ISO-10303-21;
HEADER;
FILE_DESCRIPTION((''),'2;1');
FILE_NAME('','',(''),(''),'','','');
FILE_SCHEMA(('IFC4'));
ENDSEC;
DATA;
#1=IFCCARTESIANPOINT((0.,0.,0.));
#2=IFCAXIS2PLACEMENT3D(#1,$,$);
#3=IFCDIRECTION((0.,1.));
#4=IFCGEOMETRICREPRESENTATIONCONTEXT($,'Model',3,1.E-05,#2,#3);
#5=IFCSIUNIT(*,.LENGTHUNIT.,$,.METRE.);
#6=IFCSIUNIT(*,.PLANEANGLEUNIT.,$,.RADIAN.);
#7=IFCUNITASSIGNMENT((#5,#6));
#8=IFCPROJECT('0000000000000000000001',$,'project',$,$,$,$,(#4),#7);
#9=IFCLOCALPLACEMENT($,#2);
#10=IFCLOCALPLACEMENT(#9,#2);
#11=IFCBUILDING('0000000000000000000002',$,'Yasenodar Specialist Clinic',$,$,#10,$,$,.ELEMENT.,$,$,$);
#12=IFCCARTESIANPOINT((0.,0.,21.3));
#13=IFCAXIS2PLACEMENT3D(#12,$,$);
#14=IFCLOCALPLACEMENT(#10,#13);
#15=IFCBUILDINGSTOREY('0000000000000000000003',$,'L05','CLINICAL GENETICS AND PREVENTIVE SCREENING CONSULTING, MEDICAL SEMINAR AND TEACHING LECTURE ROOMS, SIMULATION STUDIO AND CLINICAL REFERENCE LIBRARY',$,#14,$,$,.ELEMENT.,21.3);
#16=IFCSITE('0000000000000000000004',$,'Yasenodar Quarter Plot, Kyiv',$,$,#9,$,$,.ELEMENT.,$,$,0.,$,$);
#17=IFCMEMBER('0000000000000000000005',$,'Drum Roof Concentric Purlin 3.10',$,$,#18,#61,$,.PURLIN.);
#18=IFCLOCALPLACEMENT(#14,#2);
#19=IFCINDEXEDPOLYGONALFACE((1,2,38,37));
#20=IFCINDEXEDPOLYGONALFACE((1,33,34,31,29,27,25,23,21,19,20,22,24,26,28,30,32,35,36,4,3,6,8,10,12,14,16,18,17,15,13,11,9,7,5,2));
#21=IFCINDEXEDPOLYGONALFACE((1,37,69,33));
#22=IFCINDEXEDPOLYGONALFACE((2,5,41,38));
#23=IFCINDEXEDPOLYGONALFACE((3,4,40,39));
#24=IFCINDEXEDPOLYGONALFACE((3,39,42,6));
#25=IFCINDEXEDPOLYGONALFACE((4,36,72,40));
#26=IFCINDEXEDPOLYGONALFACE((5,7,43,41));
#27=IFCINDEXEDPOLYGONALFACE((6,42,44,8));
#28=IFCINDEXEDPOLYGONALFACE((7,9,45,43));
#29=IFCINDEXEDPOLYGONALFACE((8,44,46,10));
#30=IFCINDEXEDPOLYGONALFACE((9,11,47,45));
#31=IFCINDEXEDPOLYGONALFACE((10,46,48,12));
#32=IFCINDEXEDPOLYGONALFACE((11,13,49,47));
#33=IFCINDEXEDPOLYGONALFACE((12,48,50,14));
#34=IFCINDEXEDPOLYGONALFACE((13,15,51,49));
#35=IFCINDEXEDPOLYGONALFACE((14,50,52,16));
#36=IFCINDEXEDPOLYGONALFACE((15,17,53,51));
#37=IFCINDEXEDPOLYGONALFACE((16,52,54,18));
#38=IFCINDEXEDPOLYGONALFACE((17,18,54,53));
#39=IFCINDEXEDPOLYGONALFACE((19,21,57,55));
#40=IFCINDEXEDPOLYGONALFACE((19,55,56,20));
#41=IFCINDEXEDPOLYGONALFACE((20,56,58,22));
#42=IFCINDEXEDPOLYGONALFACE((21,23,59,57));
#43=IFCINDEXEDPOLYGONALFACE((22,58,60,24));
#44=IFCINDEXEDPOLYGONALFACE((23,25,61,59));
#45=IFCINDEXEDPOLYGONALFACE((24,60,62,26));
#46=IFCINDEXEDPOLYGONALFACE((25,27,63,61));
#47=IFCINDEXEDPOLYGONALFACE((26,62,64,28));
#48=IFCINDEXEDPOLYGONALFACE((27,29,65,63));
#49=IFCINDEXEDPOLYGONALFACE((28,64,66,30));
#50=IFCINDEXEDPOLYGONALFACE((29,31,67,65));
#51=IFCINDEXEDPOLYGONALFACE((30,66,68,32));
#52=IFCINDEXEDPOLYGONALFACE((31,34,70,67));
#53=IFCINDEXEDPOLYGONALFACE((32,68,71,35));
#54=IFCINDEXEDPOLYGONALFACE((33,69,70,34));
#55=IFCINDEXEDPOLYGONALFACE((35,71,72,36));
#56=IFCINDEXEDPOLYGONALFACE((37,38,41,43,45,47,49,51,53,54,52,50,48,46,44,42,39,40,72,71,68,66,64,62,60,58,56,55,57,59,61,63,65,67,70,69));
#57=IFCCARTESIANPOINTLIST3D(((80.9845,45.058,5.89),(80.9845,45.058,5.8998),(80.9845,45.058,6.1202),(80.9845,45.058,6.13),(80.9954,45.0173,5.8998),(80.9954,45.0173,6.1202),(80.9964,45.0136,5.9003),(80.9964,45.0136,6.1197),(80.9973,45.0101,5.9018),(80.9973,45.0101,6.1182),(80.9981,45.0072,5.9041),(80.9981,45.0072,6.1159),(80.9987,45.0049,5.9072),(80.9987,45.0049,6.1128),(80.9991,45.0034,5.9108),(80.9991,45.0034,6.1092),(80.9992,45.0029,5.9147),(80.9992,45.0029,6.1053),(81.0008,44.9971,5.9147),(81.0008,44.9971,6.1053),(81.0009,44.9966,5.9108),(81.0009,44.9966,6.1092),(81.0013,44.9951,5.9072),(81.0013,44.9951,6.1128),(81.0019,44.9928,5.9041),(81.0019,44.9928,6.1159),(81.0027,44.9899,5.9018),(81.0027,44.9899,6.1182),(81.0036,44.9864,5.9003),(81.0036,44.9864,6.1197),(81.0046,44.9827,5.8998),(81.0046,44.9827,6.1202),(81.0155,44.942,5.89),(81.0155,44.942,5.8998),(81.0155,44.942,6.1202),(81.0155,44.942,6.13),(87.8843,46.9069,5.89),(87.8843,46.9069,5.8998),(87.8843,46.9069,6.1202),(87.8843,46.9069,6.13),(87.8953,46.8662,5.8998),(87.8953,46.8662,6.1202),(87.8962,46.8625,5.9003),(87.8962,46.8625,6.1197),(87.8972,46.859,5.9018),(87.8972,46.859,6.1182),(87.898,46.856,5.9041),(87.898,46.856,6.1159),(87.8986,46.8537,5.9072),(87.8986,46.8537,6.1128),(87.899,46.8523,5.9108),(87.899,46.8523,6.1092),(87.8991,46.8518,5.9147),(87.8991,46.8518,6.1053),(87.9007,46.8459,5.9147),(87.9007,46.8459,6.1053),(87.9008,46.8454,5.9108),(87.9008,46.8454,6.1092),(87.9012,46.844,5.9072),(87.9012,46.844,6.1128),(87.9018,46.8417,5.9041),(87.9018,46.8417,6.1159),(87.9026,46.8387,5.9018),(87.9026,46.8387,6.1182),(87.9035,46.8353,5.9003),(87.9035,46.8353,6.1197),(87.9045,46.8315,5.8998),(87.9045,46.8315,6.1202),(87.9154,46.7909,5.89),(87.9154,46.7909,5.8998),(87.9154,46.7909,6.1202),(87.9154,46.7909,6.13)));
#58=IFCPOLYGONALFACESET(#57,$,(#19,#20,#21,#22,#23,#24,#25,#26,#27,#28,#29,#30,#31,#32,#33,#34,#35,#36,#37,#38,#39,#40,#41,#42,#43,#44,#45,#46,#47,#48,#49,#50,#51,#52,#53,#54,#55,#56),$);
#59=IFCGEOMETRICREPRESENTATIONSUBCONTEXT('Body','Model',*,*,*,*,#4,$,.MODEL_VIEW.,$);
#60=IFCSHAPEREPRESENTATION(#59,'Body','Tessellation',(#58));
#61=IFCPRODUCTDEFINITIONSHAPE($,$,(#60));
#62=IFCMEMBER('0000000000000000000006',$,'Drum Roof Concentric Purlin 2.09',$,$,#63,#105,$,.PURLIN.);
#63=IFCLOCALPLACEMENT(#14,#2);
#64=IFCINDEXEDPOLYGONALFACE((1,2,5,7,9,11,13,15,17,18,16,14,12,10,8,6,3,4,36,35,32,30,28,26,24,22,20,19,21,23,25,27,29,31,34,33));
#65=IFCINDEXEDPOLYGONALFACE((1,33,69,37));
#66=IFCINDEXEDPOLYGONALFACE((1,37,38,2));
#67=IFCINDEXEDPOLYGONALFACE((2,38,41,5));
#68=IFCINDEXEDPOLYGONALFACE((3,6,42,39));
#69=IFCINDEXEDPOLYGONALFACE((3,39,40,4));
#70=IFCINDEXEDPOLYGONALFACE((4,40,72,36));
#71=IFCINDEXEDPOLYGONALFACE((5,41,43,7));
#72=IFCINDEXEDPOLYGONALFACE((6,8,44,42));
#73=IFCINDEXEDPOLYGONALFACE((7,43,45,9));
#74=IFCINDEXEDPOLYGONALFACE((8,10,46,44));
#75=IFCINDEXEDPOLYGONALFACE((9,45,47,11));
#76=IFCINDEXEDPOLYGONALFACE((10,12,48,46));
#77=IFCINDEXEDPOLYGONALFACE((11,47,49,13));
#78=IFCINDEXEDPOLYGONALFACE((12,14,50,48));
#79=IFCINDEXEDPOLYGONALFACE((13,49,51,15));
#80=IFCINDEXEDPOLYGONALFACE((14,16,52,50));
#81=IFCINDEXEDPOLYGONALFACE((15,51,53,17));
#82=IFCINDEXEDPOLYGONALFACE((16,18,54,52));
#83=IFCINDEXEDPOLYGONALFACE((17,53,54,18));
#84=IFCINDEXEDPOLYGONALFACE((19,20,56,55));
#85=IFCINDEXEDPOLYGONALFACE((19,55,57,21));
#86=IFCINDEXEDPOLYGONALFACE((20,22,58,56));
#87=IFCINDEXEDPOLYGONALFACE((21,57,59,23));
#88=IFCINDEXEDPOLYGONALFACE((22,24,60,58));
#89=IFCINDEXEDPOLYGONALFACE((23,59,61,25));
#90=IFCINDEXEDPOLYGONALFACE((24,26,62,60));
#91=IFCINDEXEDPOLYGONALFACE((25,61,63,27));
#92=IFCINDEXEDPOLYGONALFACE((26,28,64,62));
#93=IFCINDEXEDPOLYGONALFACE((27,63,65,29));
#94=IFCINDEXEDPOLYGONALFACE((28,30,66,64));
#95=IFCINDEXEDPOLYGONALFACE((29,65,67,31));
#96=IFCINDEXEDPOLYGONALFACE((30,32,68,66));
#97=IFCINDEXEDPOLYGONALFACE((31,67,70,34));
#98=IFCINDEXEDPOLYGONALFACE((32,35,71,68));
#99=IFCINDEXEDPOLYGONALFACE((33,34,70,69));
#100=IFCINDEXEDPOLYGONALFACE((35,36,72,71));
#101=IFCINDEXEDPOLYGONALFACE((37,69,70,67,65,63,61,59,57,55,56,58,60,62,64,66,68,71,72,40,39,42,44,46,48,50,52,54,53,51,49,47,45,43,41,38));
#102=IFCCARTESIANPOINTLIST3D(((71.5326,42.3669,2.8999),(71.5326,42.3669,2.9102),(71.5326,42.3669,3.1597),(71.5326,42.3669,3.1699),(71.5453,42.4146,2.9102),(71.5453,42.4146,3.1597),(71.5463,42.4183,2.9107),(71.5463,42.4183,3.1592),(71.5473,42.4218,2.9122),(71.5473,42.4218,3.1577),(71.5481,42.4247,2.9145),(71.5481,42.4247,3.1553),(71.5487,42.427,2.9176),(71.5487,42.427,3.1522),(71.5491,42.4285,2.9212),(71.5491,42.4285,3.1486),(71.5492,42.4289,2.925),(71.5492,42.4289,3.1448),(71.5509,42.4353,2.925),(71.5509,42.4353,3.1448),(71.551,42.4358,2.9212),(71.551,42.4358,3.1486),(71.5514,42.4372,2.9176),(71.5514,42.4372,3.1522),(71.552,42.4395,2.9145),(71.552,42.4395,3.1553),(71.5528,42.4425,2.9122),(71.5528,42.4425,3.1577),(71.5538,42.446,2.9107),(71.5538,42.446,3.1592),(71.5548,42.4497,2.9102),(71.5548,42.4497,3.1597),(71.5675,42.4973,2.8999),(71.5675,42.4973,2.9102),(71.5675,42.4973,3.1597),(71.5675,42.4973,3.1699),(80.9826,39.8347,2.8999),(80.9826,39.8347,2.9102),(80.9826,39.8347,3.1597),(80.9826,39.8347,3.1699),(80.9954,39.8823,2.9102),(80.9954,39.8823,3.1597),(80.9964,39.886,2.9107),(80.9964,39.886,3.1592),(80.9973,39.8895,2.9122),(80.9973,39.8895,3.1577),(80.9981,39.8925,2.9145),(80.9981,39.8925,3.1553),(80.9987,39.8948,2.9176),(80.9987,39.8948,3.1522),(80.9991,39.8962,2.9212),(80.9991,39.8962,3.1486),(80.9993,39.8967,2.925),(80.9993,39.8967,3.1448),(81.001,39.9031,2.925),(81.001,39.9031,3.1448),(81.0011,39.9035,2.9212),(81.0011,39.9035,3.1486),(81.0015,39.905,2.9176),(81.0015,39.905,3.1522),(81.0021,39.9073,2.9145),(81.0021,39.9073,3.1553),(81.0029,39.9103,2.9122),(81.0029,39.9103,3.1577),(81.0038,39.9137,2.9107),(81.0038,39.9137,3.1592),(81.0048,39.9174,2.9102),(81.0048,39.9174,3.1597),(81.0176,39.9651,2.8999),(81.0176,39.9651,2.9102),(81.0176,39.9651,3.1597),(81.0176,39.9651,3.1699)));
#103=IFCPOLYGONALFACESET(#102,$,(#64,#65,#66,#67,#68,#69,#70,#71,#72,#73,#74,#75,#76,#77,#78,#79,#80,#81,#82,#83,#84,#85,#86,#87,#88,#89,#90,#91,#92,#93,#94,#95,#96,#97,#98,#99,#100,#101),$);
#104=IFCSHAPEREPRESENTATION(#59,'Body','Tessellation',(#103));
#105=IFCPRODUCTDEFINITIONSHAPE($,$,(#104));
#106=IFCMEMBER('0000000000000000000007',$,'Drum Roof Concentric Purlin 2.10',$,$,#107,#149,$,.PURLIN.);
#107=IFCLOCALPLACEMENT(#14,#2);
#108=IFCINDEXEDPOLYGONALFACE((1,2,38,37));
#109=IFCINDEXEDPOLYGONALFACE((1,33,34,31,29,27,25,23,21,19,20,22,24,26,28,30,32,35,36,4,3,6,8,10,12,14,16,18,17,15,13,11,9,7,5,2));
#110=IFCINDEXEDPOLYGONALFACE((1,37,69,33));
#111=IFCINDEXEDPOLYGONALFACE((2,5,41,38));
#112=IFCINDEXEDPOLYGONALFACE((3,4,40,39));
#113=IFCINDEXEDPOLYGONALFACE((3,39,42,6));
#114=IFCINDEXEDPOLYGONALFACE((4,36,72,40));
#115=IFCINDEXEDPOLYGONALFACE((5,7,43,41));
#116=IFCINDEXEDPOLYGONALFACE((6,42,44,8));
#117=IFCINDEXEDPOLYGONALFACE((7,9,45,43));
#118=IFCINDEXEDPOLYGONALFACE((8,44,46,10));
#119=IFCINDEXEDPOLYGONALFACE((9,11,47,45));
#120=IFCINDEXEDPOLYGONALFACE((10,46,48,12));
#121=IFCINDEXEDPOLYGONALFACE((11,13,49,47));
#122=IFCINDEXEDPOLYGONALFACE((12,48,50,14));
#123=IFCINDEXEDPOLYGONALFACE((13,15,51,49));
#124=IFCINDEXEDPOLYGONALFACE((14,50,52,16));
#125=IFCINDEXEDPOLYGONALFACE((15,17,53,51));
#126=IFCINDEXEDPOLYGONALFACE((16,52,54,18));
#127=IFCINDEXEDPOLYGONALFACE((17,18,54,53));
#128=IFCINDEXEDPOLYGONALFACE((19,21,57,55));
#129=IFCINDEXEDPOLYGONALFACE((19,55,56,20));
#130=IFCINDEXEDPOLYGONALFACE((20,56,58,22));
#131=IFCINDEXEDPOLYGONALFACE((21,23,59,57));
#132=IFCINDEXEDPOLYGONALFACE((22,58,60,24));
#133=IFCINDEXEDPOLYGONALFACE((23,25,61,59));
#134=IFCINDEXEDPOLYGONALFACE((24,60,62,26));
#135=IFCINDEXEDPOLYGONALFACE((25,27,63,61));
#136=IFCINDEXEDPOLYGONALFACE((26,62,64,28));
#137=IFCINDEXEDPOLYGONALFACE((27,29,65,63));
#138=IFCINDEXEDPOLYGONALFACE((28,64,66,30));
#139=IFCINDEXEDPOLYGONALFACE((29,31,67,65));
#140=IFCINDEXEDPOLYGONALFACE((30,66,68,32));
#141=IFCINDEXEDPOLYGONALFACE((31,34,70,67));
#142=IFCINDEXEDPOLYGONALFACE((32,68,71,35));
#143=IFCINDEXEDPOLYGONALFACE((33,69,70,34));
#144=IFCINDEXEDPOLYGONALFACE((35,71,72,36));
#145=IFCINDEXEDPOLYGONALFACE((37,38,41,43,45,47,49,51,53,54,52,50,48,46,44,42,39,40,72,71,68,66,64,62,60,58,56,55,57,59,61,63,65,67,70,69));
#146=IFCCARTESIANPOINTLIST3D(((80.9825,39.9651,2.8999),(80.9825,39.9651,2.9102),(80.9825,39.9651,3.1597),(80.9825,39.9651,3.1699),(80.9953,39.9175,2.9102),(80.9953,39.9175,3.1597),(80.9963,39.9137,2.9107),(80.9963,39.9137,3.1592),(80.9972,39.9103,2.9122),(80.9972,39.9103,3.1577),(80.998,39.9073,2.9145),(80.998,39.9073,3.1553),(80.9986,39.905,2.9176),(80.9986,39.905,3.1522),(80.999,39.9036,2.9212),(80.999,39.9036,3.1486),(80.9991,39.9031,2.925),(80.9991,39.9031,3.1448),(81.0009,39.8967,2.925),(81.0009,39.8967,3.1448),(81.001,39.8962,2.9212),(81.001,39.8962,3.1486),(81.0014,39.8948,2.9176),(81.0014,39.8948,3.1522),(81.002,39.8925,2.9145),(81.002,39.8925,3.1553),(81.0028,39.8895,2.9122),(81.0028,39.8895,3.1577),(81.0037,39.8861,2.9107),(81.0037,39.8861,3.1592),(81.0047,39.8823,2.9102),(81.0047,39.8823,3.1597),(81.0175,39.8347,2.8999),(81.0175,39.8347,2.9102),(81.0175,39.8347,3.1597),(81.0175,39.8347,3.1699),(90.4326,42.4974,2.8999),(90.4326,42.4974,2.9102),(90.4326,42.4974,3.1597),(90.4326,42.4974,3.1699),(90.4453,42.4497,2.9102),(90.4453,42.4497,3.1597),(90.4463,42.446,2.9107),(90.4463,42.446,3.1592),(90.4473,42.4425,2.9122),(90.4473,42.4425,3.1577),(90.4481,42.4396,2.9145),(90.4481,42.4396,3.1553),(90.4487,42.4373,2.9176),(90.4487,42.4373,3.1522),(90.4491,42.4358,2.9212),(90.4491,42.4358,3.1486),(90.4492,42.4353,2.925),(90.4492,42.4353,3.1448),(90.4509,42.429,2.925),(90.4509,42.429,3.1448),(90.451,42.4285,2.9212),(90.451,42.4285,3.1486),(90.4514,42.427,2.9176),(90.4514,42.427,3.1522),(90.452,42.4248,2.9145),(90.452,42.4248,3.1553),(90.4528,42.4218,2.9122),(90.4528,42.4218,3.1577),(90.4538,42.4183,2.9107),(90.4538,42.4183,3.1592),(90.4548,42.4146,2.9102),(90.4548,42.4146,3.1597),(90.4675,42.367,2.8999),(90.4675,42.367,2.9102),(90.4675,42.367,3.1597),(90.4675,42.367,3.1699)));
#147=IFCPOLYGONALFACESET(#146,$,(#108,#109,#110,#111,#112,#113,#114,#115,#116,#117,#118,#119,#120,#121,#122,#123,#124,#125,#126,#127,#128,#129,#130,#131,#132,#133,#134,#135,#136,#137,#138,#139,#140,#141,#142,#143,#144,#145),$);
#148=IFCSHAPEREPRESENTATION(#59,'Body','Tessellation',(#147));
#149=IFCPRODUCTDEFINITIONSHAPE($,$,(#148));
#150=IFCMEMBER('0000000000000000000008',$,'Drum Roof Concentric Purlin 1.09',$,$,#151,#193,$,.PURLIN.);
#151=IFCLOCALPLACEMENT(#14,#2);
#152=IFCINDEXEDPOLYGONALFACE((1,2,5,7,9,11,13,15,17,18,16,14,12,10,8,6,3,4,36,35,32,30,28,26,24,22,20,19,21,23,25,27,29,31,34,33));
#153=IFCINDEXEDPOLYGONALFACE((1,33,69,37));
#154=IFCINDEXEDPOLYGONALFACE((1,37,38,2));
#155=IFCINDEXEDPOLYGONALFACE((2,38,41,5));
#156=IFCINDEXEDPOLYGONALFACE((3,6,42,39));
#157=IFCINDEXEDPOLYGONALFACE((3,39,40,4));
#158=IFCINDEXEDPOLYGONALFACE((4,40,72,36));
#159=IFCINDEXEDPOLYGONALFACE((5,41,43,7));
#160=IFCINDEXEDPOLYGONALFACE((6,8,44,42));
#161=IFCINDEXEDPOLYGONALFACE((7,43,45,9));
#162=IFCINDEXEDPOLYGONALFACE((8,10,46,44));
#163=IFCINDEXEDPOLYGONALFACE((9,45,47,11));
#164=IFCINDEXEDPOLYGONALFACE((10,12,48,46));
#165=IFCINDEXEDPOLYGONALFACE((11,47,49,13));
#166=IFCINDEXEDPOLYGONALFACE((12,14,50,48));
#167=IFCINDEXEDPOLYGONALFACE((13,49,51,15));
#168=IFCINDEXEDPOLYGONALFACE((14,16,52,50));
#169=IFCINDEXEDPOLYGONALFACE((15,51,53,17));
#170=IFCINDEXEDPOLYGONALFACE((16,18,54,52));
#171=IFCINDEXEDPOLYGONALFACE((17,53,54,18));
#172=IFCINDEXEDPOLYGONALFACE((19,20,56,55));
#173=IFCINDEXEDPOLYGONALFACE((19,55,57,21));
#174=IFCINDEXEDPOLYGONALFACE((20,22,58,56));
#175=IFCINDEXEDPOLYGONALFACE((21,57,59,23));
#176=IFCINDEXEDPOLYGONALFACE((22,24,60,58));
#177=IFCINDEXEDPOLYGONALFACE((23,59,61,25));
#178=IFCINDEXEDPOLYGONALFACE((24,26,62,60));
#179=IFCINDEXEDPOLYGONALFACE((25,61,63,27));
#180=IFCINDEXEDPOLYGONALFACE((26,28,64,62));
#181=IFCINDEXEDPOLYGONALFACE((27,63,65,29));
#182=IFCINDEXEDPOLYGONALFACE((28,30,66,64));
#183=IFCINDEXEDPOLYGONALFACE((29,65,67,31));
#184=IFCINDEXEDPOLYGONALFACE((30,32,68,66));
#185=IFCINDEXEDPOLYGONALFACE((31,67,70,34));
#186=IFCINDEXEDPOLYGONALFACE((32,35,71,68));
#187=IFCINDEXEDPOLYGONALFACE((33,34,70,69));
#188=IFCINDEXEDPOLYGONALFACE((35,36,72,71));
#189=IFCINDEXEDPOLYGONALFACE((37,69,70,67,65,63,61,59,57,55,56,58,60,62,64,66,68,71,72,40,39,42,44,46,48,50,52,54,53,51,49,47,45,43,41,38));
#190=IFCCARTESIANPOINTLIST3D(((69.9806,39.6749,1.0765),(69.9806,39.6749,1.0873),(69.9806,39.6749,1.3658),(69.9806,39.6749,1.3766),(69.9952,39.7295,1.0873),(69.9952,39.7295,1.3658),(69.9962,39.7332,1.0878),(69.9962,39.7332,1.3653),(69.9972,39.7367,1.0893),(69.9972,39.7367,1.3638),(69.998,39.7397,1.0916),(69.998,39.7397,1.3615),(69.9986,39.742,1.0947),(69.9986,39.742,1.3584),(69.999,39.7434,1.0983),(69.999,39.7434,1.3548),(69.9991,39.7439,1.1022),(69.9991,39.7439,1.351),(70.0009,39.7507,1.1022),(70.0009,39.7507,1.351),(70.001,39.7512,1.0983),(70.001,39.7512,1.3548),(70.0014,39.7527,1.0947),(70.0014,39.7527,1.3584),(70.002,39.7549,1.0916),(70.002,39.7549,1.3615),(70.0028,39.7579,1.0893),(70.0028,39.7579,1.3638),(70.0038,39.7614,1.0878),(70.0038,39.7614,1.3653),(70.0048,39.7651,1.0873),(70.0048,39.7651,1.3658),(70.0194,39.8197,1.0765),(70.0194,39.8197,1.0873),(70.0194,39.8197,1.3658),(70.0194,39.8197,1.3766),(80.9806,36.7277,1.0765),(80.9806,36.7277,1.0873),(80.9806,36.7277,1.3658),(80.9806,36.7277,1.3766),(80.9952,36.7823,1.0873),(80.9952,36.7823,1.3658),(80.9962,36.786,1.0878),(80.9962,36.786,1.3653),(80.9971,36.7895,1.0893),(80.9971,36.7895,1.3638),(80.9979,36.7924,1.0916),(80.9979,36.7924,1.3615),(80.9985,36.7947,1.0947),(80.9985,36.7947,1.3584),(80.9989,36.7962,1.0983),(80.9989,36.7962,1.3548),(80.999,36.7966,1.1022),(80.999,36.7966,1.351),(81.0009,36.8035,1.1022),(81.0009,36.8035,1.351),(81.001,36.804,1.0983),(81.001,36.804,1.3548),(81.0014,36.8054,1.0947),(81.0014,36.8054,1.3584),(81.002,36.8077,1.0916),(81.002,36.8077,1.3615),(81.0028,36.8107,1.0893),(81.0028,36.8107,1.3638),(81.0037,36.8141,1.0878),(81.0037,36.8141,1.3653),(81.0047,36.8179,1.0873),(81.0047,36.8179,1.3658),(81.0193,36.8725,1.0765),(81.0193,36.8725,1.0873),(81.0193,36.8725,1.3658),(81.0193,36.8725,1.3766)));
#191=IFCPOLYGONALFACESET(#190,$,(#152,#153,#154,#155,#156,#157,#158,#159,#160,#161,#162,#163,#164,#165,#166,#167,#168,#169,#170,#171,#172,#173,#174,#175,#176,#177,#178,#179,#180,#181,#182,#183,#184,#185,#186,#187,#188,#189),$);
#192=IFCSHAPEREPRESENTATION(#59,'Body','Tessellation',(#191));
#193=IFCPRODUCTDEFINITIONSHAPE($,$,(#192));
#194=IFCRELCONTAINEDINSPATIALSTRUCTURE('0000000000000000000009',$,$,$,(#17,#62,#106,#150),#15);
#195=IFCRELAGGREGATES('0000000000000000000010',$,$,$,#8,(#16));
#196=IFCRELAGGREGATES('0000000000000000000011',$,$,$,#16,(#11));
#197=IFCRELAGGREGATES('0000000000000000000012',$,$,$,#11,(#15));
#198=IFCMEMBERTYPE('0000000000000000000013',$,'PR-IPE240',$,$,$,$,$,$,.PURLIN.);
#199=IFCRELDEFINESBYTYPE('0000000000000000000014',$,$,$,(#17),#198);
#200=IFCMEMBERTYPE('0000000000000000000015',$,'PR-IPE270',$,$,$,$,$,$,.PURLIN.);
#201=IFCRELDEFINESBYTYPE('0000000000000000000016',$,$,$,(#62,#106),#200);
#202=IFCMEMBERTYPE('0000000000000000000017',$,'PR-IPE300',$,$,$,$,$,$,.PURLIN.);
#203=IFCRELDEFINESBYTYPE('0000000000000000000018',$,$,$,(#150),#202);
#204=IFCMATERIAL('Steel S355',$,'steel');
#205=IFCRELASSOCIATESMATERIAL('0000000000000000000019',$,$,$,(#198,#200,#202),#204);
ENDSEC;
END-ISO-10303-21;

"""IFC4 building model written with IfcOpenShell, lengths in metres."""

from ifc_helpers import new_model, si_unit, direction, frame, origin, origin_2d, place, context, subcontext, project, spatial, i_section, extrude, material, material_profile, profile_set, type_object, element, save


model = new_model("IFC4")

# Units and contexts
model_context = context("Model", 3, precision=1e-05, world=origin(), true_north=direction((0.0, 1.0)))
body_context = subcontext(model_context, "Body", "Model", "MODEL_VIEW")
ifc_project = project(units=[si_unit("LENGTHUNIT", "METRE"), si_unit("PLANEANGLEUNIT", "RADIAN")], contexts=[model_context])

# Site, building, storey
site_placement = place(None, origin())
site = spatial("IfcSite", under=ifc_project, at=site_placement, Name="Yasenodar Quarter Plot, Kyiv", CompositionType="ELEMENT", RefElevation=0.0)
building_placement = place(site_placement, origin())
building = spatial("IfcBuilding", under=site, at=building_placement, Name="Yasenodar Specialist Clinic", CompositionType="ELEMENT")
storey_placement = place(building_placement, frame((0.0, 0.0, 21.3)))
storey = spatial("IfcBuildingStorey", under=building, at=storey_placement, Name="L05", Description="CLINICAL GENETICS AND PREVENTIVE SCREENING CONSULTING, MEDICAL SEMINAR AND TEACHING LECTURE ROOMS, SIMULATION STUDIO AND CLINICAL REFERENCE LIBRARY", CompositionType="ELEMENT", Elevation=21.3)

# Members
ifc_material = material(Name="Steel S355", Category="steel")
ifc_material_profile_1 = material_profile(ifc_material, i_section(OverallWidth=0.1201, OverallDepth=0.24, WebThickness=0.0061, FlangeThickness=0.0098, FilletRadius=0.0149, at=origin_2d()), Name="IPE 240")
ifc_profile_set_1 = profile_set([ifc_material_profile_1], Name="Steel S355")
member_type_1 = type_object("IfcMemberType", Name="PR-IPE240", PredefinedType="PURLIN", material=ifc_profile_set_1)
member_1_placement = place(storey_placement, frame((81.0, 45.0, 6.01), z_axis=(0.965924, 0.258826, 0.0), x_axis=(-0.258826, 0.965924, 0.0)))
element("IfcMember", 1, at=member_1_placement, inside=storey, type_object=member_type_1, Name="Drum Roof Concentric Purlin 3.10", PredefinedType="PURLIN", context=body_context, shape_type="SweptSolid", body=[
    extrude(i_section(OverallWidth=0.1201, OverallDepth=0.24, WebThickness=0.0061, FlangeThickness=0.0098, FilletRadius=0.0149, at=origin_2d()), origin(), (0.0, 0.0, 1.0), 7.1433),
])
ifc_material_profile_2 = material_profile(ifc_material, i_section(OverallWidth=0.135, OverallDepth=0.27, WebThickness=0.0066, FlangeThickness=0.0103, FilletRadius=0.0149, at=origin_2d()), Name="IPE 270")
ifc_profile_set_2 = profile_set([ifc_material_profile_2], Name="Steel S355")
member_type_2 = type_object("IfcMemberType", Name="PR-IPE270", PredefinedType="PURLIN", material=ifc_profile_set_2)
for number, where, z_axis, x_axis, name in (
    (2, (71.55, 42.4321, 3.0349), (0.965923, -0.25883, 0.0), (0.25883, 0.965923, 0.0), "Drum Roof Concentric Purlin 2.09"),
    (3, (81.0, 39.8999, 3.0349), (0.965923, 0.25883, 0.0), (-0.25883, 0.965923, 0.0), "Drum Roof Concentric Purlin 2.10"),
):
    element("IfcMember", number, at=place(storey_placement, frame(where, z_axis=z_axis, x_axis=x_axis)), inside=storey, type_object=member_type_2, Name=name, PredefinedType="PURLIN", context=body_context, shape_type="SweptSolid", body=[
        extrude(i_section(OverallWidth=0.135, OverallDepth=0.27, WebThickness=0.0066, FlangeThickness=0.0103, FilletRadius=0.0149, at=origin_2d()), origin(), (0.0, 0.0, 1.0), 9.7834),
    ])
ifc_material_profile_3 = material_profile(ifc_material, i_section(OverallWidth=0.1499, OverallDepth=0.3, WebThickness=0.0071, FlangeThickness=0.0107, FilletRadius=0.0149, at=origin_2d()), Name="IPE 300")
ifc_profile_set_3 = profile_set([ifc_material_profile_3], Name="Steel S355")
member_type_3 = type_object("IfcMemberType", Name="PR-IPE300", PredefinedType="PURLIN", material=ifc_profile_set_3)
for number, where, z_axis, x_axis, name in (
    (4, (70.0, 39.7473, 1.2266), (0.96593, -0.258805, 0.0), (0.258805, 0.96593, 0.0), "Drum Roof Concentric Purlin 1.09"),
):
    element("IfcMember", number, at=place(storey_placement, frame(where, z_axis=z_axis, x_axis=x_axis)), inside=storey, type_object=member_type_3, Name=name, PredefinedType="PURLIN", context=body_context, shape_type="SweptSolid", body=[
        extrude(i_section(OverallWidth=0.1499, OverallDepth=0.3, WebThickness=0.0071, FlangeThickness=0.0107, FilletRadius=0.0149, at=origin_2d()), origin(), (0.0, 0.0, 1.0), 11.3879),
    ])

save(model, "model.ifc")
